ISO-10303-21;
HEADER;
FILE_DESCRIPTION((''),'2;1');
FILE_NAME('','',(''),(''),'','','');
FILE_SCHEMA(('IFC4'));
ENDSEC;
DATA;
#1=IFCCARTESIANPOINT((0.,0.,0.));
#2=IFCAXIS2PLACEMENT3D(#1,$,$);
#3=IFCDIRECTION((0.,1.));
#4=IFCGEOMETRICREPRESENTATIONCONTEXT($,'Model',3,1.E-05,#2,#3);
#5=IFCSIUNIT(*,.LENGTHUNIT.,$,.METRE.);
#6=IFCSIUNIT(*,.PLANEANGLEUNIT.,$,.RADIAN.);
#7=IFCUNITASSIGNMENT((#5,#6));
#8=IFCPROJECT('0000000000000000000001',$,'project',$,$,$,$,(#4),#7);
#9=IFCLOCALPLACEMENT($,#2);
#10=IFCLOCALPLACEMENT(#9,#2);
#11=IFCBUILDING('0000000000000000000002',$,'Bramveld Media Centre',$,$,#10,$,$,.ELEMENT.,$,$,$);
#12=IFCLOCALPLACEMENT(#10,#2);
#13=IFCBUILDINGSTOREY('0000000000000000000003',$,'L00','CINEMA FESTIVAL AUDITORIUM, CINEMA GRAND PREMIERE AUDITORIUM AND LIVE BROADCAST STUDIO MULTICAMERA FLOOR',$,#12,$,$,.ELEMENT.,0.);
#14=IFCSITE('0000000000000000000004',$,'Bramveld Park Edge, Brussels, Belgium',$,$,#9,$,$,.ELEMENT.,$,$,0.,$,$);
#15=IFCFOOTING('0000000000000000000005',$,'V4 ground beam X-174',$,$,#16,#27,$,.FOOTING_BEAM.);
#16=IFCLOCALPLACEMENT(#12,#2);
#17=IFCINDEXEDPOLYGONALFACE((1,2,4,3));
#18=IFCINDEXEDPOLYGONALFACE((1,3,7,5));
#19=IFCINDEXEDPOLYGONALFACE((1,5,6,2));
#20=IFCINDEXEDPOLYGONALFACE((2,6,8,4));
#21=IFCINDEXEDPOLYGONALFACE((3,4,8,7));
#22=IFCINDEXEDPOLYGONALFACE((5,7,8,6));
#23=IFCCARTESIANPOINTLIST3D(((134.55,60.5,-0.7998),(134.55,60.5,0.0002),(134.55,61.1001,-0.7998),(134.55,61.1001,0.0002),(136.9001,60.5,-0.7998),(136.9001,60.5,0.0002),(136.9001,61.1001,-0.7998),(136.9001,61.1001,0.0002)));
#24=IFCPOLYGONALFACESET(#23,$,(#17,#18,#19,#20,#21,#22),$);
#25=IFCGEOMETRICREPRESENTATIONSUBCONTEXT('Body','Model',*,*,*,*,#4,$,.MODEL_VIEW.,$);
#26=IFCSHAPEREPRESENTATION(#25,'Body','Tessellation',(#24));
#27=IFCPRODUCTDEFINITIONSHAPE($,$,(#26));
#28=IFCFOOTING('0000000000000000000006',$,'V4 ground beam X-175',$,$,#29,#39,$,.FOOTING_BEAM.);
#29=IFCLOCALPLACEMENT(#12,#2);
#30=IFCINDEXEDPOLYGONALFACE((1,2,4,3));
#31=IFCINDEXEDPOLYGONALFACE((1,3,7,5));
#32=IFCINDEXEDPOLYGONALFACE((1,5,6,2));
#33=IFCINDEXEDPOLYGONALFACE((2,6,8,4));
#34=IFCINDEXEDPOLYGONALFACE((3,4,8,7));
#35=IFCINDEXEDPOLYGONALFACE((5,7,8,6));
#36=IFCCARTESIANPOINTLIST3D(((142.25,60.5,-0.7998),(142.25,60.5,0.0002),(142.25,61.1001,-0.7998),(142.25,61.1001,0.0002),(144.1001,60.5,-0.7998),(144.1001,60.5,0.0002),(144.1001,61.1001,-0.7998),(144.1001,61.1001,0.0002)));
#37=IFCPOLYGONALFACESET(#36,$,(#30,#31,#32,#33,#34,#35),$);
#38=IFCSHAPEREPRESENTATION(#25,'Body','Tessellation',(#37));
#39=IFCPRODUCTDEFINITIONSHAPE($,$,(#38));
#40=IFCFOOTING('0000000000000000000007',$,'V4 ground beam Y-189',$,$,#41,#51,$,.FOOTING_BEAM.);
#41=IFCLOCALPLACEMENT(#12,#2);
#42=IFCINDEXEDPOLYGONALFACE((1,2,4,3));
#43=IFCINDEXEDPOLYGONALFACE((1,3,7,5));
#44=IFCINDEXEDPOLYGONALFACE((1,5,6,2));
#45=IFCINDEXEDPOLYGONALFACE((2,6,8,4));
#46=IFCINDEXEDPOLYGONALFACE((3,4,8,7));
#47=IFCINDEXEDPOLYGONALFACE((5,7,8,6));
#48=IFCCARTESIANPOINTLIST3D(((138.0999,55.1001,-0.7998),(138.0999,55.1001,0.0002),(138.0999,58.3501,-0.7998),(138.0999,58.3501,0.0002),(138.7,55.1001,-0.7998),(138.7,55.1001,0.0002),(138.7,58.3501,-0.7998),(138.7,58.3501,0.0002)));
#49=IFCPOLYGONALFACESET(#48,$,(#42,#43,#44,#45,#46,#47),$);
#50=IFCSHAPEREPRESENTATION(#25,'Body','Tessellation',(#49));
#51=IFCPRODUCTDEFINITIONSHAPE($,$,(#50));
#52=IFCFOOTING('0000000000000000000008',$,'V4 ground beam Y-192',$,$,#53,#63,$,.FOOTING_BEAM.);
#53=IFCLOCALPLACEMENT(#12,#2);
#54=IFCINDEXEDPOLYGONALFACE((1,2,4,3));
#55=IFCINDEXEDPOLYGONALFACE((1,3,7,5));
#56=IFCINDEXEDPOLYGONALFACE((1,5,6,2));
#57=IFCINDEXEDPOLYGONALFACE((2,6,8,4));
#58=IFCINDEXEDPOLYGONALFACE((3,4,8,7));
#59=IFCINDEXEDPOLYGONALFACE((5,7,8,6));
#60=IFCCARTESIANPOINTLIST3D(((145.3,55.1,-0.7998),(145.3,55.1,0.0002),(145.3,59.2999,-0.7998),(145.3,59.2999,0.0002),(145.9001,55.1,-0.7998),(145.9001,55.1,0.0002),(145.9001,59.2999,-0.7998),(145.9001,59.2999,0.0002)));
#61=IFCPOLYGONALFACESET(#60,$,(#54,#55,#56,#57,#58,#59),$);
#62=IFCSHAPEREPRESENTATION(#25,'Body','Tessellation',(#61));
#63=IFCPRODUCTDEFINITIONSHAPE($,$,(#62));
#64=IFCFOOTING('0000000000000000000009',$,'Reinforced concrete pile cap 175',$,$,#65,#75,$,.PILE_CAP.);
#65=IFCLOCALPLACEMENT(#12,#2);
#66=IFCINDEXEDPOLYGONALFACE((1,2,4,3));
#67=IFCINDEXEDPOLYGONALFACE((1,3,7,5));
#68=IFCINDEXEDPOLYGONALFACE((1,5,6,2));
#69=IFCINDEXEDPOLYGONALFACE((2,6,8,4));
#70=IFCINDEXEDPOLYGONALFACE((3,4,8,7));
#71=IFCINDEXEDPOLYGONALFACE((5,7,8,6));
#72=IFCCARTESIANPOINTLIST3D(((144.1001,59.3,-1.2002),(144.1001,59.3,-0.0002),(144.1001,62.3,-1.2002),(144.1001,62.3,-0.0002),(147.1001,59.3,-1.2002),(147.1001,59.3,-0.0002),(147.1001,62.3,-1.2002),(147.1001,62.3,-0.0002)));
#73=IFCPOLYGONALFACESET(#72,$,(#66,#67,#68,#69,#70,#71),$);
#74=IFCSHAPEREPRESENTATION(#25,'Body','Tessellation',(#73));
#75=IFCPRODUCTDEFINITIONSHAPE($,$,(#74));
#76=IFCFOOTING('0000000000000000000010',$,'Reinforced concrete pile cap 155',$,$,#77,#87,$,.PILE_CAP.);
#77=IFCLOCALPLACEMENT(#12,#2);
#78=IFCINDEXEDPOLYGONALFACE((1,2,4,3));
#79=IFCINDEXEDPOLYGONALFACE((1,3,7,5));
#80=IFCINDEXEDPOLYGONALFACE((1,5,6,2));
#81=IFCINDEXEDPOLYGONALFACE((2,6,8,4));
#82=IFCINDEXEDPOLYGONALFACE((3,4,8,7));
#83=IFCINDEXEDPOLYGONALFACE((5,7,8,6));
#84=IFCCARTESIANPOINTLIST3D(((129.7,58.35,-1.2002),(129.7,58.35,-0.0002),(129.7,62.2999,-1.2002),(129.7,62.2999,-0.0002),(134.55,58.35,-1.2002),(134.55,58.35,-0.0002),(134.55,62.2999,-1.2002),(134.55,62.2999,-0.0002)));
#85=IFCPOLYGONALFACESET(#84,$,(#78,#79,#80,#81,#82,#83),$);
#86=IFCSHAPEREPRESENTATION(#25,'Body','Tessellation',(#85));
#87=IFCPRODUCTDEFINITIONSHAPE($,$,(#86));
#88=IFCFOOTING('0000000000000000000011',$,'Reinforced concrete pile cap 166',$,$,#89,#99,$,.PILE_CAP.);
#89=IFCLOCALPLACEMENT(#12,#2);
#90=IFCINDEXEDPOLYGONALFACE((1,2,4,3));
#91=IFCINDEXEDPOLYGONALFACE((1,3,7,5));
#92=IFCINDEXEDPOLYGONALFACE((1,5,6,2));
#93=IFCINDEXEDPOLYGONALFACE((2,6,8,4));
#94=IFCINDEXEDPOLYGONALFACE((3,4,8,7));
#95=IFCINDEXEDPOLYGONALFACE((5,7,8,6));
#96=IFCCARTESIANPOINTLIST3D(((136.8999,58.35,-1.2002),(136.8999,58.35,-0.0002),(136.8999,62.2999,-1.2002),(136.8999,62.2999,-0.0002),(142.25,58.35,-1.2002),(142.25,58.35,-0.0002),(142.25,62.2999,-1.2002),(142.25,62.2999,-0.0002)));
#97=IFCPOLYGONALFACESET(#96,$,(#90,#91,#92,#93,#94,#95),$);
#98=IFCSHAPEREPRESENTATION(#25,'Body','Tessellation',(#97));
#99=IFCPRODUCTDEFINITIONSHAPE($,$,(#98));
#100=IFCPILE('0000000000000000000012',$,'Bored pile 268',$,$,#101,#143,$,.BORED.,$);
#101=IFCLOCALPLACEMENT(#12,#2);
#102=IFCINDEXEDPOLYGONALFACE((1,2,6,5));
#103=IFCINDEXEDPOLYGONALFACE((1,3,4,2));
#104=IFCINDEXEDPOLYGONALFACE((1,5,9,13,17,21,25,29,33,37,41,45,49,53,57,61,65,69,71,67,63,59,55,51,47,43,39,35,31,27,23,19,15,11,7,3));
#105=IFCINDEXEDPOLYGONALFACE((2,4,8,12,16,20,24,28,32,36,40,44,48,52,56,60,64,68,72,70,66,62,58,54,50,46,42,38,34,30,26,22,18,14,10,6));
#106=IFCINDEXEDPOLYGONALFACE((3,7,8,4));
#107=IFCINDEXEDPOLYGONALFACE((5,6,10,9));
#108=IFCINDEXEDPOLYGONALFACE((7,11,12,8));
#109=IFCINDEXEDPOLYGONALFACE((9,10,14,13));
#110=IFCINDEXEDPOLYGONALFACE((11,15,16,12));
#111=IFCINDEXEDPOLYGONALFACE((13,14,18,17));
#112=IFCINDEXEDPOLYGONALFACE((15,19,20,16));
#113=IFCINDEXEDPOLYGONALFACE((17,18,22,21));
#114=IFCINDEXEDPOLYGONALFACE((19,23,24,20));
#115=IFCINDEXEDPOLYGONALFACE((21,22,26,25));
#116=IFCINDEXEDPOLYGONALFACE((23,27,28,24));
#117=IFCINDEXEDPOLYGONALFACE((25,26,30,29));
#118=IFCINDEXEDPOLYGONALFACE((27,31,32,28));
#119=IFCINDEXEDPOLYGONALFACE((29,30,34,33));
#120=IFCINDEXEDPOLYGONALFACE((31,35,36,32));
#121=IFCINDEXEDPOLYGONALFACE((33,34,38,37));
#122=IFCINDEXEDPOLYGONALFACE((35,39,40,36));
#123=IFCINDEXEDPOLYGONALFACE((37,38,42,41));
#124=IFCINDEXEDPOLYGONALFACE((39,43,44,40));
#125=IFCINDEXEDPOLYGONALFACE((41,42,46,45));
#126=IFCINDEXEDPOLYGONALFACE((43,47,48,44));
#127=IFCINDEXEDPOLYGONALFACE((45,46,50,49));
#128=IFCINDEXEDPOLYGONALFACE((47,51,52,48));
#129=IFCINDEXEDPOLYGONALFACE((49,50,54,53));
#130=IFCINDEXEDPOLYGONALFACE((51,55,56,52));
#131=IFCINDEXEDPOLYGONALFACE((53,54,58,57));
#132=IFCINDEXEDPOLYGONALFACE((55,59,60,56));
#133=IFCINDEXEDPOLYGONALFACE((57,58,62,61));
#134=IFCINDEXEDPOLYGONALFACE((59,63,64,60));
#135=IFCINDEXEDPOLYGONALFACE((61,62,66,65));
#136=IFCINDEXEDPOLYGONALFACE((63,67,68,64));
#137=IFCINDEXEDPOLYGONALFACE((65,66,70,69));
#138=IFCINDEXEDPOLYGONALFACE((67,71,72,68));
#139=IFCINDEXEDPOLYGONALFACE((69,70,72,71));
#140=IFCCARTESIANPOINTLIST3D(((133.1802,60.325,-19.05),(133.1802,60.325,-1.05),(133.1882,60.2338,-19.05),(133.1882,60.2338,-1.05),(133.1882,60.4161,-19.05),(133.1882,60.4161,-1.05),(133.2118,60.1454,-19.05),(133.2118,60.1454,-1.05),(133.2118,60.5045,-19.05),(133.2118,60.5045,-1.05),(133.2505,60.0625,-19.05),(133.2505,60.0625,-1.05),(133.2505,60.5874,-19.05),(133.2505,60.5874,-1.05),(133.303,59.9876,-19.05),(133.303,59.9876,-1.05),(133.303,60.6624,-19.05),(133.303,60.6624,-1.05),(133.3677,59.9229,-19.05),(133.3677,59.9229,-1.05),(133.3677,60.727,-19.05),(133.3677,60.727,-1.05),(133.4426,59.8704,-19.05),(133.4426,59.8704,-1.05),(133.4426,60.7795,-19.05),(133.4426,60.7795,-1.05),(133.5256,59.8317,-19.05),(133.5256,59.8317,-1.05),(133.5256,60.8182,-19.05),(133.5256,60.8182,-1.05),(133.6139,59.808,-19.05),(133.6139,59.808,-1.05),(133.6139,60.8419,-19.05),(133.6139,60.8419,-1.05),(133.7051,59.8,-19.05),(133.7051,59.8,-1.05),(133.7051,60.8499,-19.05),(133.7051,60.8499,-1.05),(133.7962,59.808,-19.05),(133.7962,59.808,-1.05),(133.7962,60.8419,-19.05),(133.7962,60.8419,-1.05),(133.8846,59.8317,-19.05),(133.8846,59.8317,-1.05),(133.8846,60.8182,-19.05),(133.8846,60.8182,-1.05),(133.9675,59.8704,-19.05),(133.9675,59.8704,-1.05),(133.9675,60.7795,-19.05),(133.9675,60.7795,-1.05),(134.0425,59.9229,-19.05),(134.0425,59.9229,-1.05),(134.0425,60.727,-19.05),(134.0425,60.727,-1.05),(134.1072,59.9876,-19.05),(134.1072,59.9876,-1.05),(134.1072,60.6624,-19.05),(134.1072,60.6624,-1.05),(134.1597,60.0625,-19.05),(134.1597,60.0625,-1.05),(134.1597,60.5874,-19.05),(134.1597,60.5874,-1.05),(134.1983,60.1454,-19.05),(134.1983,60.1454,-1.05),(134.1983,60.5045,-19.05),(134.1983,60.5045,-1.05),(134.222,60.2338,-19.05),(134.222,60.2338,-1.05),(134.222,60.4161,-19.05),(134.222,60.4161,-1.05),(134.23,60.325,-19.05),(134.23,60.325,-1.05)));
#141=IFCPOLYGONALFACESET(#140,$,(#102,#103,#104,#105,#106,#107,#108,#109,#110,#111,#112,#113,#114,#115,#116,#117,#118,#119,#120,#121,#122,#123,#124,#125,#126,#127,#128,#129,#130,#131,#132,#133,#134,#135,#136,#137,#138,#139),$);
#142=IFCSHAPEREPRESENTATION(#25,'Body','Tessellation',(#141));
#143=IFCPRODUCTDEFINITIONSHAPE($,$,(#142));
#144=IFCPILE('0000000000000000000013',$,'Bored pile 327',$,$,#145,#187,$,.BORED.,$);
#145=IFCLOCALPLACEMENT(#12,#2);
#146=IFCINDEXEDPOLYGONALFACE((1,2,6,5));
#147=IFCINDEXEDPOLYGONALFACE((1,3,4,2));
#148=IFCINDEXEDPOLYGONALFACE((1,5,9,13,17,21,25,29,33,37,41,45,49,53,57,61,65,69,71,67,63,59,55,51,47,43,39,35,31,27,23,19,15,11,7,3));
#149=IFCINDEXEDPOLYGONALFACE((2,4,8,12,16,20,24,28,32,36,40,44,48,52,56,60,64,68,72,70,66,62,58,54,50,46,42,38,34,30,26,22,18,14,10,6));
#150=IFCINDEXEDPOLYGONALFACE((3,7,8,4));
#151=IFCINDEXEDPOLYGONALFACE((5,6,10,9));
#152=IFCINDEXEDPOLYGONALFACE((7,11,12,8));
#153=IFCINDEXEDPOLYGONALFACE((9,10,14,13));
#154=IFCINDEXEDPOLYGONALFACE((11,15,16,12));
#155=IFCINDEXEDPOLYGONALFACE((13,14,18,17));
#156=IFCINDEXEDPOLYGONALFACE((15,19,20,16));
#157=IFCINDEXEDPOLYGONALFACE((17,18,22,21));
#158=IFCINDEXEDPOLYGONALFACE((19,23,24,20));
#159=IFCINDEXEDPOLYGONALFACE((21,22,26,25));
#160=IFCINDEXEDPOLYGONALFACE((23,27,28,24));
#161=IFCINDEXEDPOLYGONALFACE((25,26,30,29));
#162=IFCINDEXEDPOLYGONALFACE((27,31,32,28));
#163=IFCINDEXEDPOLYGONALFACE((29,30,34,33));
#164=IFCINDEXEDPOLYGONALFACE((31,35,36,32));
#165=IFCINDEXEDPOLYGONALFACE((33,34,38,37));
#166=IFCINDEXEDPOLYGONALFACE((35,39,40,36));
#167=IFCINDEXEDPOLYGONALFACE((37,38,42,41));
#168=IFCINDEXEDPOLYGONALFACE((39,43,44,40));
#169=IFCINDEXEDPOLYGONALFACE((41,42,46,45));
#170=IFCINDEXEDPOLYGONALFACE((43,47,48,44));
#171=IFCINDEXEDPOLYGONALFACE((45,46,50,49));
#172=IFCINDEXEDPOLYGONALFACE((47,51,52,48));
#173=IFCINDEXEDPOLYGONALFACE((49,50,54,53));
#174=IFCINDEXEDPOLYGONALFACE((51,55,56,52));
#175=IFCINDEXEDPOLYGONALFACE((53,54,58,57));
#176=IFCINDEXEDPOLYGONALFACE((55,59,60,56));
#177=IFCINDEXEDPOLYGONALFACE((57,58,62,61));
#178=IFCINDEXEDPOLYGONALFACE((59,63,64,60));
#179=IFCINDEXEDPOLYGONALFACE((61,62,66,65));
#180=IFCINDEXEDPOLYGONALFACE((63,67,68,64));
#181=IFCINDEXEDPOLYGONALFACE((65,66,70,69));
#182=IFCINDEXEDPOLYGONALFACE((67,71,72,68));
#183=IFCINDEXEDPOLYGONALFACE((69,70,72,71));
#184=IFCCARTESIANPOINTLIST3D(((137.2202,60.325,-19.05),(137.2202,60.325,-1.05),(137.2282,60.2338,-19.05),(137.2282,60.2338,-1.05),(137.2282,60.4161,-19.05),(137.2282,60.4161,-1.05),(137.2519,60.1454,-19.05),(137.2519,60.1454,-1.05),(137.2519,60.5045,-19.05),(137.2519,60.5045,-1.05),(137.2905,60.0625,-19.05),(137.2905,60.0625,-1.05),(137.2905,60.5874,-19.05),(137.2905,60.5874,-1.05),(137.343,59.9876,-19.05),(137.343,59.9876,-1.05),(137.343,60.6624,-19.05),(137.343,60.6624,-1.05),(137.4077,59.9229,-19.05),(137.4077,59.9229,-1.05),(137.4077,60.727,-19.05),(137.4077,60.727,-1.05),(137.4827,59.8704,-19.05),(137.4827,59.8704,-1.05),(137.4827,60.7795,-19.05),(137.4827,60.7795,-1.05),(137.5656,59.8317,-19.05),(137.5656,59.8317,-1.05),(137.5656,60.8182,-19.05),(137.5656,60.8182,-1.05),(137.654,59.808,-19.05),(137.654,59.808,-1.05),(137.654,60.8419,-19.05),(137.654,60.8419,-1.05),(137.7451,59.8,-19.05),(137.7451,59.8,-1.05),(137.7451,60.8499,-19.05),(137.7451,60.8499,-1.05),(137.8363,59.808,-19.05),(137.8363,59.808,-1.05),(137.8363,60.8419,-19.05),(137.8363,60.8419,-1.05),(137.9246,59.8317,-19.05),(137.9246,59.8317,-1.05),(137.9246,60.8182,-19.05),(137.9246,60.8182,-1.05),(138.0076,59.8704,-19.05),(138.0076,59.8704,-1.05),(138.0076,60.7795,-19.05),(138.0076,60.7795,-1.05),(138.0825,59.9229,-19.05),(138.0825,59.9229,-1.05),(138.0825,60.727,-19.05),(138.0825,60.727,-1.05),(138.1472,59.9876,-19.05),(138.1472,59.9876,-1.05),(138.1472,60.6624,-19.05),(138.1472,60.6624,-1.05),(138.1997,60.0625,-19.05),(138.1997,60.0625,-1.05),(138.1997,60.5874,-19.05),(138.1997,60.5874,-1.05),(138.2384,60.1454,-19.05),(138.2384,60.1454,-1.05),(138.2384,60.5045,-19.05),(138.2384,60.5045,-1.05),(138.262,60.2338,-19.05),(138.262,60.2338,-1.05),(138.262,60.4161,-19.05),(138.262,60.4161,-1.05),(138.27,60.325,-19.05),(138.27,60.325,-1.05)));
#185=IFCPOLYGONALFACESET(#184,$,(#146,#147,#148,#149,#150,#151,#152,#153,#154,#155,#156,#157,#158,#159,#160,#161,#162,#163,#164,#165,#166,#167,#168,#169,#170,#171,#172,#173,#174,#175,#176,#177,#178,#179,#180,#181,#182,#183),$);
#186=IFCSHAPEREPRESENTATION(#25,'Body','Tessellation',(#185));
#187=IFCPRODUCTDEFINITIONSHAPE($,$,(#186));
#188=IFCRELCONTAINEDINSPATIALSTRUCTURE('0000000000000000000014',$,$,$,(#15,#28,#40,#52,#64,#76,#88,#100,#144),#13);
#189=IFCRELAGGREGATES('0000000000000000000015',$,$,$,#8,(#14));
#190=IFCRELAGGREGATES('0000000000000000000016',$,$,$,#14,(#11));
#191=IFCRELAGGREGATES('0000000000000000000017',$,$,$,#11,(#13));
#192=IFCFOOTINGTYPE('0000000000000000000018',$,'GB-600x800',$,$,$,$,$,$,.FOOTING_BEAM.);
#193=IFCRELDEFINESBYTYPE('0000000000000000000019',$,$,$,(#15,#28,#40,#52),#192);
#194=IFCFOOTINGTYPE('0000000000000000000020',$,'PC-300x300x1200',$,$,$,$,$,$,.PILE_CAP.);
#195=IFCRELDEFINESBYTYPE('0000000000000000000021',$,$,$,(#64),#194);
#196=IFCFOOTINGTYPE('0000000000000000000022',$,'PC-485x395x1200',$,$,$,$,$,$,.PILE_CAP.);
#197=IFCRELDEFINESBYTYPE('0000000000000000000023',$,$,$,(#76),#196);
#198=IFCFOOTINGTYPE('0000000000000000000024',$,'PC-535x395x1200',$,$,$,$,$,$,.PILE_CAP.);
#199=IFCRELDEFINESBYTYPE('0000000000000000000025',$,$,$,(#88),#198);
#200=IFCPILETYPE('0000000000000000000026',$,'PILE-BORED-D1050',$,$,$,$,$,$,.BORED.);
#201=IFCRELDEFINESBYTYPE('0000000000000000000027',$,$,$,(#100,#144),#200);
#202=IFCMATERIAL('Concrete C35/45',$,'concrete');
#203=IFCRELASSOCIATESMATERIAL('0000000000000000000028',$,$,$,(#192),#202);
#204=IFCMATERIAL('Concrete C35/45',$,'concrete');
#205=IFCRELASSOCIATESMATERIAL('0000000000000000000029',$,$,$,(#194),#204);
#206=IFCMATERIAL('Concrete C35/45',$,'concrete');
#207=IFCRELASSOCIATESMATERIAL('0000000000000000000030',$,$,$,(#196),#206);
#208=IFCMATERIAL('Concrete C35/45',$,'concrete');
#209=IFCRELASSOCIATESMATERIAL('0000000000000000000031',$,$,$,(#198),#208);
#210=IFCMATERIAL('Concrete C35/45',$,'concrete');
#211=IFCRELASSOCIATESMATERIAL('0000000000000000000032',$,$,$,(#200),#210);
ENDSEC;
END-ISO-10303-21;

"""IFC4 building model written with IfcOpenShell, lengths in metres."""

from ifc_helpers import new_model, si_unit, direction, frame, origin, origin_2d, place, context, subcontext, project, spatial, rectangle, circle, extrude, material, material_profile, profile_set, type_object, element, save


model = new_model("IFC4")

# Units and contexts
model_context = context("Model", 3, precision=1e-05, world=origin(), true_north=direction((0.0, 1.0)))
body_context = subcontext(model_context, "Body", "Model", "MODEL_VIEW")
ifc_project = project(units=[si_unit("LENGTHUNIT", "METRE"), si_unit("PLANEANGLEUNIT", "RADIAN")], contexts=[model_context])

# Site, building, storey
site_placement = place(None, origin())
site = spatial("IfcSite", under=ifc_project, at=site_placement, Name="Bramveld Park Edge, Brussels, Belgium", CompositionType="ELEMENT", RefElevation=0.0)
building_placement = place(site_placement, origin())
building = spatial("IfcBuilding", under=site, at=building_placement, Name="Bramveld Media Centre", CompositionType="ELEMENT")
storey_placement = place(building_placement, origin())
storey = spatial("IfcBuildingStorey", under=building, at=storey_placement, Name="L00", Description="CINEMA FESTIVAL AUDITORIUM, CINEMA GRAND PREMIERE AUDITORIUM AND LIVE BROADCAST STUDIO MULTICAMERA FLOOR", CompositionType="ELEMENT", Elevation=0.0)

# Footings
ifc_material_1 = material(Name="Concrete C35/45", Category="concrete")
footing_type_1 = type_object("IfcFootingType", Name="GB-600x800", PredefinedType="FOOTING_BEAM", material=ifc_material_1)
footing_1_placement = place(storey_placement, frame((135.7251, 60.8, -0.7998), z_axis=(0.0, 0.0, 1.0), x_axis=(1.0, 0.0, 0.0)))
element("IfcFooting", 1, at=footing_1_placement, inside=storey, type_object=footing_type_1, Name="V4 ground beam X-174", PredefinedType="FOOTING_BEAM", context=body_context, shape_type="SweptSolid", body=[
    extrude(rectangle(XDim=2.3501, YDim=0.6001, at=origin_2d()), origin(), (0.0, 0.0, 1.0), 0.8),
])
footing_2_placement = place(storey_placement, frame((143.175, 60.8, -0.7998), z_axis=(0.0, 0.0, 1.0), x_axis=(1.0, 0.0, 0.0)))
element("IfcFooting", 2, at=footing_2_placement, inside=storey, type_object=footing_type_1, Name="V4 ground beam X-175", PredefinedType="FOOTING_BEAM", context=body_context, shape_type="SweptSolid", body=[
    extrude(rectangle(XDim=1.8501, YDim=0.6001, at=origin_2d()), origin(), (0.0, 0.0, 1.0), 0.8),
])
footing_3_placement = place(storey_placement, frame((138.3999, 56.7251, -0.7998), z_axis=(0.0, 0.0, 1.0), x_axis=(1.0, 0.0, 0.0)))
element("IfcFooting", 3, at=footing_3_placement, inside=storey, type_object=footing_type_1, Name="V4 ground beam Y-189", PredefinedType="FOOTING_BEAM", context=body_context, shape_type="SweptSolid", body=[
    extrude(rectangle(XDim=0.6001, YDim=3.25, at=origin_2d()), origin(), (0.0, 0.0, 1.0), 0.8),
])
footing_4_placement = place(storey_placement, frame((145.6001, 57.2, -0.7998), z_axis=(0.0, 0.0, 1.0), x_axis=(1.0, 0.0, 0.0)))
element("IfcFooting", 4, at=footing_4_placement, inside=storey, type_object=footing_type_1, Name="V4 ground beam Y-192", PredefinedType="FOOTING_BEAM", context=body_context, shape_type="SweptSolid", body=[
    extrude(rectangle(XDim=0.6001, YDim=4.2, at=origin_2d()), origin(), (0.0, 0.0, 1.0), 0.8),
])
ifc_material_2 = material(Name="Concrete C35/45", Category="concrete")
footing_type_2 = type_object("IfcFootingType", Name="PC-300x300x1200", PredefinedType="PILE_CAP", material=ifc_material_2)
footing_5_placement = place(storey_placement, frame((145.6001, 60.8, -1.2002), z_axis=(0.0, 0.0, 1.0), x_axis=(1.0, 0.0, 0.0)))
element("IfcFooting", 5, at=footing_5_placement, inside=storey, type_object=footing_type_2, Name="Reinforced concrete pile cap 175", PredefinedType="PILE_CAP", context=body_context, shape_type="SweptSolid", body=[
    extrude(rectangle(XDim=3.0, YDim=3.0, at=origin_2d()), origin(), (0.0, 0.0, 1.0), 1.2),
])
ifc_material_3 = material(Name="Concrete C35/45", Category="concrete")
footing_type_3 = type_object("IfcFootingType", Name="PC-485x395x1200", PredefinedType="PILE_CAP", material=ifc_material_3)
footing_6_placement = place(storey_placement, frame((132.125, 60.325, -1.2002), z_axis=(0.0, 0.0, 1.0), x_axis=(1.0, 0.0, 0.0)))
element("IfcFooting", 6, at=footing_6_placement, inside=storey, type_object=footing_type_3, Name="Reinforced concrete pile cap 155", PredefinedType="PILE_CAP", context=body_context, shape_type="SweptSolid", body=[
    extrude(rectangle(XDim=4.8501, YDim=3.95, at=origin_2d()), origin(), (0.0, 0.0, 1.0), 1.2),
])
ifc_material_4 = material(Name="Concrete C35/45", Category="concrete")
footing_type_4 = type_object("IfcFootingType", Name="PC-535x395x1200", PredefinedType="PILE_CAP", material=ifc_material_4)
footing_7_placement = place(storey_placement, frame((139.575, 60.325, -1.2002), z_axis=(0.0, 0.0, 1.0), x_axis=(1.0, 0.0, 0.0)))
element("IfcFooting", 7, at=footing_7_placement, inside=storey, type_object=footing_type_4, Name="Reinforced concrete pile cap 166", PredefinedType="PILE_CAP", context=body_context, shape_type="SweptSolid", body=[
    extrude(rectangle(XDim=5.3501, YDim=3.95, at=origin_2d()), origin(), (0.0, 0.0, 1.0), 1.2),
])

# Piles
ifc_material_5 = material(Name="Concrete C35/45", Category="concrete")
ifc_material_profile_1 = material_profile(ifc_material_5, circle(Radius=0.5249, at=origin_2d()), Name="BORED D1050")
ifc_profile_set_1 = profile_set([ifc_material_profile_1], Name="Concrete C35/45")
pile_type_1 = type_object("IfcPileType", Name="PILE-BORED-D1050", PredefinedType="BORED", material=ifc_profile_set_1)
for number, where, z_axis, x_axis, name in (
    (8, (133.7051, 60.325, -1.05), (0.0, 0.0, -1.0), (1.0, 0.0, 0.0), "Bored pile 268"),
    (9, (137.7451, 60.325, -1.05), (0.0, 0.0, -1.0), (1.0, 0.0, 0.0), "Bored pile 327"),
):
    element("IfcPile", number, at=place(storey_placement, frame(where, z_axis=z_axis, x_axis=x_axis)), inside=storey, type_object=pile_type_1, Name=name, PredefinedType="BORED", context=body_context, shape_type="SweptSolid", body=[
        extrude(circle(Radius=0.5249, at=origin_2d()), origin(), (0.0, 0.0, 1.0), 18.0),
    ])

save(model, "model.ifc")
